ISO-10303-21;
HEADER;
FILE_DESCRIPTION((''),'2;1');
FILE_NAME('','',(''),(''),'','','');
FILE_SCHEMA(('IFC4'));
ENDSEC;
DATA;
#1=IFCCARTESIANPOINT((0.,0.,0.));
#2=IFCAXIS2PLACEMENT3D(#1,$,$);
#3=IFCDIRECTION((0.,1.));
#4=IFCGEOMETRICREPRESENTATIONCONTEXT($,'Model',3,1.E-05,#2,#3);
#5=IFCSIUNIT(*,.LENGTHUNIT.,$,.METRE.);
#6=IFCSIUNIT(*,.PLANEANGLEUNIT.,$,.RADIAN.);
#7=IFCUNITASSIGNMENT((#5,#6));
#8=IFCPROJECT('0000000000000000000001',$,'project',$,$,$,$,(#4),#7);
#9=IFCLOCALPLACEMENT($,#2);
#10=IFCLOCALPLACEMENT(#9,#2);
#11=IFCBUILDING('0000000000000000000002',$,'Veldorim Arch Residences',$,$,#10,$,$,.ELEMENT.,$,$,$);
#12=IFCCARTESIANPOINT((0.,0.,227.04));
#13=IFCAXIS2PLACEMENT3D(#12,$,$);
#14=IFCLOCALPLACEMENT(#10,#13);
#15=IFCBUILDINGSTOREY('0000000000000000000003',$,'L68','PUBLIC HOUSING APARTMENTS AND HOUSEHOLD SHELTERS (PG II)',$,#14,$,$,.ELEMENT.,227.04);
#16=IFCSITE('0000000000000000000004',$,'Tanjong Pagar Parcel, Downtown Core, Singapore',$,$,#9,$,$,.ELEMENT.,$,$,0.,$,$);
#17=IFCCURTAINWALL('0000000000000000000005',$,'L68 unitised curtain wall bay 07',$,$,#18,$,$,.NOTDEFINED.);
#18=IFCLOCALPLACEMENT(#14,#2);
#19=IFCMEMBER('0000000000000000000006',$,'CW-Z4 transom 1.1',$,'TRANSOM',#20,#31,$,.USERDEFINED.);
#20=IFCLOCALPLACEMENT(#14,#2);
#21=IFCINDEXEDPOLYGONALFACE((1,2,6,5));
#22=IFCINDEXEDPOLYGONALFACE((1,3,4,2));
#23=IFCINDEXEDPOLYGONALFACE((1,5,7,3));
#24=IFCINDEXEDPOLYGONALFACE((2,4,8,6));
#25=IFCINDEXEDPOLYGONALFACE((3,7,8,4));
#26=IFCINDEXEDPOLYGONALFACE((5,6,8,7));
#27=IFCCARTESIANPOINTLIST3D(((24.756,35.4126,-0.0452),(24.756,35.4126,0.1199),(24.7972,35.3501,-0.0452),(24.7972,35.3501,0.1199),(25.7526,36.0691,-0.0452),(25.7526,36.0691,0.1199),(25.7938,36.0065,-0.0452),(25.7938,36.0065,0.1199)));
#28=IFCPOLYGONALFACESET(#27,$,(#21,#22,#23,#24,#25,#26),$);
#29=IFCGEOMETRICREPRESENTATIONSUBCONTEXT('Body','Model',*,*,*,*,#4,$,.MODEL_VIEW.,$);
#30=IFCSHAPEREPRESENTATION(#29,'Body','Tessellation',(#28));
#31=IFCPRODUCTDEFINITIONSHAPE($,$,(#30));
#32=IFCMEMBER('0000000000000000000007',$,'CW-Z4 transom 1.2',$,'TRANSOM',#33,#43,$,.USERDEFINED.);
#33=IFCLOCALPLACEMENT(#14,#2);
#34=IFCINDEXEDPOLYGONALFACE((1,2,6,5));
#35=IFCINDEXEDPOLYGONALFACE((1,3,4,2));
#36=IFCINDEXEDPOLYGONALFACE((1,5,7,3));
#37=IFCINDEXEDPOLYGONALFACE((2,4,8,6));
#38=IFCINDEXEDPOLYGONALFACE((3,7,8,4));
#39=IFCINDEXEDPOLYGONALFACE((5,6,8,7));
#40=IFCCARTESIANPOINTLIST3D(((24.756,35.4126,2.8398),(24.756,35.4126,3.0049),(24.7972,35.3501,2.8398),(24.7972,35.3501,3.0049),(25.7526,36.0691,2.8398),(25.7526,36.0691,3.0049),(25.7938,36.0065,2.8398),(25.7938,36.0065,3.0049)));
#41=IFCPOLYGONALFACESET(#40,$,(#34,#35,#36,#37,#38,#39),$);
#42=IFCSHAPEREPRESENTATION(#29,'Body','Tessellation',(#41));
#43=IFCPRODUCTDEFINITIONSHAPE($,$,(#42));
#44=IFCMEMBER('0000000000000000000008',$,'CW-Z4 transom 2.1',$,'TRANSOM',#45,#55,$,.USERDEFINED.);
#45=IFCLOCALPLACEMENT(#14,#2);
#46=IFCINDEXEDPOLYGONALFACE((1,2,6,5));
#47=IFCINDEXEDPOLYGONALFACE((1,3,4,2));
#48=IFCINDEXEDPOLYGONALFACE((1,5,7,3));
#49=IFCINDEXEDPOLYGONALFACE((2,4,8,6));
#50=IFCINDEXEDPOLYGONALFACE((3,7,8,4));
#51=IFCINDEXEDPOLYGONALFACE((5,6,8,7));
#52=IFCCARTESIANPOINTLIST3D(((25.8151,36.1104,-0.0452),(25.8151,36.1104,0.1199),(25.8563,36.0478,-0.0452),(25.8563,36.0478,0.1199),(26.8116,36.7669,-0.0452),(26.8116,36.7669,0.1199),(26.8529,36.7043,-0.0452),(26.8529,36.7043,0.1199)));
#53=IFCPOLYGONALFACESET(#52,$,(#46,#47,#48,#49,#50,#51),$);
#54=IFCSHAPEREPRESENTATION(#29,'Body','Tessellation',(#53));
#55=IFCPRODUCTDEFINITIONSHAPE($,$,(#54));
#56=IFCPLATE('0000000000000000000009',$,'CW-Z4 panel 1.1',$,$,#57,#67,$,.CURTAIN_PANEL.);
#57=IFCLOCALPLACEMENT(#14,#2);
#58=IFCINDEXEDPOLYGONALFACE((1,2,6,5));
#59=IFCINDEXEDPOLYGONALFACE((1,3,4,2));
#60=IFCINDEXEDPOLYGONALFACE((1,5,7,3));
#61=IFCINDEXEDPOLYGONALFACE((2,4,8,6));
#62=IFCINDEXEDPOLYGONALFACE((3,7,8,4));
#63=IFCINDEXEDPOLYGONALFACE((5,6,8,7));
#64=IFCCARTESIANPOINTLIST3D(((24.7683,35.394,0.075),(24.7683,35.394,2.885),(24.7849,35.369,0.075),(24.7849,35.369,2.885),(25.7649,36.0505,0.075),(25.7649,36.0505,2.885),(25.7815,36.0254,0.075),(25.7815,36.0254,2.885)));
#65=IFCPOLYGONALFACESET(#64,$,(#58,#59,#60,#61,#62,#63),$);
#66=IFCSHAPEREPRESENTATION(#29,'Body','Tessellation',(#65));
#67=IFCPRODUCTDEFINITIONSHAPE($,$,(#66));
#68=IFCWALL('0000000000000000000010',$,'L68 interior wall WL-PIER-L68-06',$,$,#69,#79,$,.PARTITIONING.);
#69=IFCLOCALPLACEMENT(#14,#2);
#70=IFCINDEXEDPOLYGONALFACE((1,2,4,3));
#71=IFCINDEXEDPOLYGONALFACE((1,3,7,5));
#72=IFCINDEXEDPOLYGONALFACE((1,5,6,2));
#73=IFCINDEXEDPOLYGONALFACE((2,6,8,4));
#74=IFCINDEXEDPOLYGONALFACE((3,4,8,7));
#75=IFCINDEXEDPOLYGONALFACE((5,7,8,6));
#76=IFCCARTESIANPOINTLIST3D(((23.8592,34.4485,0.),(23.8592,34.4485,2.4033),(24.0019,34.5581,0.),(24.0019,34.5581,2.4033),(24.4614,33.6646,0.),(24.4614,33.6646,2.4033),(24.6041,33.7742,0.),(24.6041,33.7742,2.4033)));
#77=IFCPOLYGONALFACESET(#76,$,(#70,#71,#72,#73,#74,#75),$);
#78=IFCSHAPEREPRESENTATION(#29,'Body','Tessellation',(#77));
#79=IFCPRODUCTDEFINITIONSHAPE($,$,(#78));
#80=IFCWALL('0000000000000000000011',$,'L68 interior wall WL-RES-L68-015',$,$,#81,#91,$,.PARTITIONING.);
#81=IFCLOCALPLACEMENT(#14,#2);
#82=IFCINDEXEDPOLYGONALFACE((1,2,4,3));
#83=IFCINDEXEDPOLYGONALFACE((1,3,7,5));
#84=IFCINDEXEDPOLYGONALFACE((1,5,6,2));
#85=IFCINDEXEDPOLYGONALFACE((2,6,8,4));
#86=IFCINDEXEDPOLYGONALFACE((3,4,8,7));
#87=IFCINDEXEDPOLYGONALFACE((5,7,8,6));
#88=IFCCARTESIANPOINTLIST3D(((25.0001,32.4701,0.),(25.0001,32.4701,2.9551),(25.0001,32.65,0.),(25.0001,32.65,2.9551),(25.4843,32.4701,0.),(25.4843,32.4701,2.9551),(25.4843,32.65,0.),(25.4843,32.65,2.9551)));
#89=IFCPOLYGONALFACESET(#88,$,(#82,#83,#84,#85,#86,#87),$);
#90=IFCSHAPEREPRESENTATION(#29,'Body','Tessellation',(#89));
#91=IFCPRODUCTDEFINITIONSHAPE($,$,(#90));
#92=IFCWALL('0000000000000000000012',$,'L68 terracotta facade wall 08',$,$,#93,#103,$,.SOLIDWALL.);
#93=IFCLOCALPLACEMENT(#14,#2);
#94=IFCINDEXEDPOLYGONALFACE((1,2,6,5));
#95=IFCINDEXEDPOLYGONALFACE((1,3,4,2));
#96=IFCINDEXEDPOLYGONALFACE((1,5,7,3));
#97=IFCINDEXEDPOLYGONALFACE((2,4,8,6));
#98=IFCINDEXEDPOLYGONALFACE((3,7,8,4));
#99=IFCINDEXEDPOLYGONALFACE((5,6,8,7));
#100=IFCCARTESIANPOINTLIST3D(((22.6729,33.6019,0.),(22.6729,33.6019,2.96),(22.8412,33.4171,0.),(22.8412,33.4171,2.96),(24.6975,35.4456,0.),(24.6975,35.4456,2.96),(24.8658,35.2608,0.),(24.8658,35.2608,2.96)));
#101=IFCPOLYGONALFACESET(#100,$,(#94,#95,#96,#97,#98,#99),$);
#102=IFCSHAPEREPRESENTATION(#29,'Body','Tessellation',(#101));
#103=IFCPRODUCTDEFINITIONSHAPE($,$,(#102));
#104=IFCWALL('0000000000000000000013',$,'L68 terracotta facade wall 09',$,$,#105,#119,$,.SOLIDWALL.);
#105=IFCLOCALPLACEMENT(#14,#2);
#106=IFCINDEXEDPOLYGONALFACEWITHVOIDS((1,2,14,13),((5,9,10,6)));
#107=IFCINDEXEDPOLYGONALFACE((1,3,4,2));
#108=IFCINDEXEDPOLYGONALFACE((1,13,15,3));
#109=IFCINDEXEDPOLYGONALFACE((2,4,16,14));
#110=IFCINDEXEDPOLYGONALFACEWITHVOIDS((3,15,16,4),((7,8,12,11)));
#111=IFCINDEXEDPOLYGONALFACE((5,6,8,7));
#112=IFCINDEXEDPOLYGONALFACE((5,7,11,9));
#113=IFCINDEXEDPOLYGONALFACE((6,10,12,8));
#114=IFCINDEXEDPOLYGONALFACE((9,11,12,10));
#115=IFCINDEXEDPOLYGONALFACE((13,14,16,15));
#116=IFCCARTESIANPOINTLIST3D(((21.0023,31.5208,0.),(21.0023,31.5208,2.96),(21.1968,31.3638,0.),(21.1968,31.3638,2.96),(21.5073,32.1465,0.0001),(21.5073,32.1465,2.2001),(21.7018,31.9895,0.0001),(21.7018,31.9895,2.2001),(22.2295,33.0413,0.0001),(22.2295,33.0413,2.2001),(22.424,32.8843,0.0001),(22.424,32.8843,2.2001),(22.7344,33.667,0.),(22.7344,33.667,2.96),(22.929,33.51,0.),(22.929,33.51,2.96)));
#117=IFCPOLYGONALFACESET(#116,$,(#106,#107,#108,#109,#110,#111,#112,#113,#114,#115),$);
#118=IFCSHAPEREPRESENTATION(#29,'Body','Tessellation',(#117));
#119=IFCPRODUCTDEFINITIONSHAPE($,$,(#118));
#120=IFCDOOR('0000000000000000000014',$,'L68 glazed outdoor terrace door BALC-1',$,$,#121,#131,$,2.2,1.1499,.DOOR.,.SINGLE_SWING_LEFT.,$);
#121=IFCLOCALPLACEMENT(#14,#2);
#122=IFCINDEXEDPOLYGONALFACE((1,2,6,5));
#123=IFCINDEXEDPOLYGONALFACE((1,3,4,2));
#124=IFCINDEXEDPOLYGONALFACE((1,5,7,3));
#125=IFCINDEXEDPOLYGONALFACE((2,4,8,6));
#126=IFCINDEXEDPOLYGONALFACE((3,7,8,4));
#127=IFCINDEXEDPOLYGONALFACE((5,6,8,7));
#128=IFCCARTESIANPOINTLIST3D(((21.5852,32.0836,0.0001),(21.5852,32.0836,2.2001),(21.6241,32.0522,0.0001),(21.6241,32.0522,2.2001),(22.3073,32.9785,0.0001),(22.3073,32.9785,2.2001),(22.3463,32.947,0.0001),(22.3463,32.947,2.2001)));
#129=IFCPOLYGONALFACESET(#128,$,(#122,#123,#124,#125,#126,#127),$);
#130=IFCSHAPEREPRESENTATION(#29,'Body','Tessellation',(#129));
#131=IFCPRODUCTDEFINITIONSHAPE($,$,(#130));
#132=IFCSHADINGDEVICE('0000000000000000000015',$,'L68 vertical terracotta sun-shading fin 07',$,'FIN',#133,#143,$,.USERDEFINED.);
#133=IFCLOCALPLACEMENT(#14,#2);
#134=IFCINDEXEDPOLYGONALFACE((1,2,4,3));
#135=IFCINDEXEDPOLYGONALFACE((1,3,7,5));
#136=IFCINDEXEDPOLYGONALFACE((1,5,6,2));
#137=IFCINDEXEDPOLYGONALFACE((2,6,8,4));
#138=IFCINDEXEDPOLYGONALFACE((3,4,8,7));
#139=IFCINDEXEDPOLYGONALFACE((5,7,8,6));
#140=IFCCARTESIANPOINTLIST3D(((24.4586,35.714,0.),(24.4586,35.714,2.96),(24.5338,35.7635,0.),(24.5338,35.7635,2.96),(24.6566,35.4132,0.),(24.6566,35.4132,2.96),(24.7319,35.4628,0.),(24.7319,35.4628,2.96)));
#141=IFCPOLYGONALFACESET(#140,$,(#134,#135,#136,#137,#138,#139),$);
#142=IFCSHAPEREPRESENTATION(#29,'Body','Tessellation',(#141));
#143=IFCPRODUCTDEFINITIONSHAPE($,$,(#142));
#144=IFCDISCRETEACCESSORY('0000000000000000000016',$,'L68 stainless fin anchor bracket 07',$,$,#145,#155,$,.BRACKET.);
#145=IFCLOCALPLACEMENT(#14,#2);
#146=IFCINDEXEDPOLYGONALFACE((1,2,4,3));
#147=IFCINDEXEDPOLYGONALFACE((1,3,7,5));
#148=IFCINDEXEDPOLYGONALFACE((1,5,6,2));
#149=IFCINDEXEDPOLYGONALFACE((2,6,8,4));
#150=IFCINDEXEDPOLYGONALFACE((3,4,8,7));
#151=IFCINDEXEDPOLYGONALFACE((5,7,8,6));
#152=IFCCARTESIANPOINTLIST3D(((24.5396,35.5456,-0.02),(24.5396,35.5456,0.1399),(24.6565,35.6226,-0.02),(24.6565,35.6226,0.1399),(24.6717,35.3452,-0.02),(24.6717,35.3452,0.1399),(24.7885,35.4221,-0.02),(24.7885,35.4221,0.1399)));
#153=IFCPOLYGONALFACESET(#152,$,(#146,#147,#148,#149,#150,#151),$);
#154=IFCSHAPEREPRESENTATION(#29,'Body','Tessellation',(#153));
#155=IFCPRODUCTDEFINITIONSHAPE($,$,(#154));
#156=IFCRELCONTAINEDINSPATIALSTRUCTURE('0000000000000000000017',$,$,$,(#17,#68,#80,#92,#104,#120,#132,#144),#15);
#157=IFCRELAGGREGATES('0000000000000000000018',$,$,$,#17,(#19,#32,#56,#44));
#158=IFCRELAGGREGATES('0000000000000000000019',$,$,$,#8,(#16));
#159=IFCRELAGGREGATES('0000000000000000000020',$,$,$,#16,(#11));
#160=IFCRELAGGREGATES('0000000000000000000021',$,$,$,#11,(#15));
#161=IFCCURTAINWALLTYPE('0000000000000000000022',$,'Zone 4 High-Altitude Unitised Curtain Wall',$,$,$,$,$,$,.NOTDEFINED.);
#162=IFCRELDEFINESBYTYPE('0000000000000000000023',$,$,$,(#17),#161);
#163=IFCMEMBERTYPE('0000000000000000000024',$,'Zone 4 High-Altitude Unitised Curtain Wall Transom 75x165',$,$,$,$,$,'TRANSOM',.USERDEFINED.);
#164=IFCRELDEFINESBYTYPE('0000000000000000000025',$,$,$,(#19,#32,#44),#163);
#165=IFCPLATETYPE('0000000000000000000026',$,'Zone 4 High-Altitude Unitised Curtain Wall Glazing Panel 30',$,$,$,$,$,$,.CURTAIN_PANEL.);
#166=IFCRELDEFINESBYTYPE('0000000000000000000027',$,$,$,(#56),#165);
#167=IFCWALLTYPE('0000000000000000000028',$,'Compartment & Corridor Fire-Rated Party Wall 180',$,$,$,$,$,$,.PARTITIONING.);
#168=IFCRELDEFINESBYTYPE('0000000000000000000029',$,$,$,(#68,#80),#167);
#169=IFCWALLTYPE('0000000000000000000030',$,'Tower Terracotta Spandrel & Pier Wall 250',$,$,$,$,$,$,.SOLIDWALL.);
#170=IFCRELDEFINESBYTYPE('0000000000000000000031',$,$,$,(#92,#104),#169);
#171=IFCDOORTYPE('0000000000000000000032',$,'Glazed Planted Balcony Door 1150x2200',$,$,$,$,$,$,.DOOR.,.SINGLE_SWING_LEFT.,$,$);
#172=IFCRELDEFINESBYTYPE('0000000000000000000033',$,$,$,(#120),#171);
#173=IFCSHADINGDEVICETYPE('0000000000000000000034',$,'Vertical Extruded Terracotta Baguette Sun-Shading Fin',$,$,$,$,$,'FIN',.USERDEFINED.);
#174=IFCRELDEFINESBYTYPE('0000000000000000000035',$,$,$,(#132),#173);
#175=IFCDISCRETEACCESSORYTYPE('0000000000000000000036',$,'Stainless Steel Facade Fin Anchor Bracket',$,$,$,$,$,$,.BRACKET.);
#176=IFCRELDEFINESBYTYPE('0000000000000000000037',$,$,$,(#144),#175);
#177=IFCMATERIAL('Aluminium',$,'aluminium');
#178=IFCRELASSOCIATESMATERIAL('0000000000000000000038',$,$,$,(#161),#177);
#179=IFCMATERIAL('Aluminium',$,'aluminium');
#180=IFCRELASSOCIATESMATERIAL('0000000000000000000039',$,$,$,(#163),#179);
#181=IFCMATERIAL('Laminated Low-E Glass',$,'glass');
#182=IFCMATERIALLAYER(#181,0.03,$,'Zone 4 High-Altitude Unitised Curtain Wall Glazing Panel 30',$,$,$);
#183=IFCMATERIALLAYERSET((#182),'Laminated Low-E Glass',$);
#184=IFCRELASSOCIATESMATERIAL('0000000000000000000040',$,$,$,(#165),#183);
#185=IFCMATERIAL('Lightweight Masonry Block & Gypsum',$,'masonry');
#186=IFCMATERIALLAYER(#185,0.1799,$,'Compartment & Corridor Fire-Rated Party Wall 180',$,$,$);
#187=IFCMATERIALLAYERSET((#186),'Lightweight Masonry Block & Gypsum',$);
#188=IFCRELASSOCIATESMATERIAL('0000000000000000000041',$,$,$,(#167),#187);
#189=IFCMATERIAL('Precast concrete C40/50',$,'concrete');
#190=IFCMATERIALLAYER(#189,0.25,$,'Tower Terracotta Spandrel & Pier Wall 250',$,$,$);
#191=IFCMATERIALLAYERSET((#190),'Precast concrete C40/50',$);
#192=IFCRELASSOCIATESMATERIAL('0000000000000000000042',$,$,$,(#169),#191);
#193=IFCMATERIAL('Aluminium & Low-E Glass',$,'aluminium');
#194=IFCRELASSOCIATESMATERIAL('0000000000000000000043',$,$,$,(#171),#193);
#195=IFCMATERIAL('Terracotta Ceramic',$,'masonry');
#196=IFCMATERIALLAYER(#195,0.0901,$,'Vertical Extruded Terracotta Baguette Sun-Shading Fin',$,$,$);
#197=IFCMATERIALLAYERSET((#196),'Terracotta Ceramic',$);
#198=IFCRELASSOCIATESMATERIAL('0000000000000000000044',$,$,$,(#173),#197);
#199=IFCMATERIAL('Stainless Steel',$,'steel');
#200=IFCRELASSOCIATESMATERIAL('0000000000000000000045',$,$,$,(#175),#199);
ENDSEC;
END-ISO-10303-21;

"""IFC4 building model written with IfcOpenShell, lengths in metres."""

from ifc_helpers import new_model, si_unit, direction, frame, frame_2d, origin, origin_2d, place, context, subcontext, project, spatial, rectangle, extrude, material, layer, layer_set, material_profile, profile_set, type_object, element, fill, aggregate, save


model = new_model("IFC4")

# Units and contexts
model_context = context("Model", 3, precision=1e-05, world=origin(), true_north=direction((0.0, 1.0)))
body_context = subcontext(model_context, "Body", "Model", "MODEL_VIEW")
ifc_project = project(units=[si_unit("LENGTHUNIT", "METRE"), si_unit("PLANEANGLEUNIT", "RADIAN")], contexts=[model_context])

# Site, building, storey
site_placement = place(None, origin())
site = spatial("IfcSite", under=ifc_project, at=site_placement, Name="Tanjong Pagar Parcel, Downtown Core, Singapore", CompositionType="ELEMENT", RefElevation=0.0)
building_placement = place(site_placement, origin())
building = spatial("IfcBuilding", under=site, at=building_placement, Name="Veldorim Arch Residences", CompositionType="ELEMENT")
storey_placement = place(building_placement, frame((0.0, 0.0, 227.04)))
storey = spatial("IfcBuildingStorey", under=building, at=storey_placement, Name="L68", Description="PUBLIC HOUSING APARTMENTS AND HOUSEHOLD SHELTERS (PG II)", CompositionType="ELEMENT", Elevation=227.04)

# Curtain wall, members, plate
ifc_material_1 = material(Name="Aluminium", Category="aluminium")
curtain_wall_type = type_object("IfcCurtainWallType", Name="Zone 4 High-Altitude Unitised Curtain Wall", PredefinedType="NOTDEFINED", material=ifc_material_1)
curtain_wall_placement = place(storey_placement, origin())
curtain_wall = element("IfcCurtainWall", 1, at=curtain_wall_placement, inside=storey, type_object=curtain_wall_type, Name="L68 unitised curtain wall bay 07", PredefinedType="NOTDEFINED")
ifc_material_2 = material(Name="Aluminium", Category="aluminium")
ifc_material_profile_1 = material_profile(ifc_material_2, rectangle(XDim=0.075, YDim=0.165, at=origin_2d()), Name="ALU_TRN_75x165")
ifc_profile_set_1 = profile_set([ifc_material_profile_1], Name="Aluminium")
member_type_1 = type_object("IfcMemberType", Name="Zone 4 High-Altitude Unitised Curtain Wall Transom 75x165", ElementType="TRANSOM", PredefinedType="USERDEFINED", material=ifc_profile_set_1)
member_1_placement = place(storey_placement, frame((24.7766, 35.3813, 0.0374), z_axis=(0.835091, 0.550112, 0.0), x_axis=(-0.550112, 0.835091, 0.0)))
member_1 = element("IfcMember", 2, at=member_1_placement, type_object=member_type_1, Name="CW-Z4 transom 1.1", ObjectType="TRANSOM", PredefinedType="USERDEFINED", context=body_context, shape_type="SweptSolid", body=[
    extrude(rectangle(XDim=0.075, YDim=0.165, at=origin_2d()), origin(), (0.0, 0.0, 1.0), 1.1934),
])
member_2_placement = place(storey_placement, frame((24.7766, 35.3813, 2.9224), z_axis=(0.835091, 0.550112, 0.0), x_axis=(-0.550112, 0.835091, 0.0)))
member_2 = element("IfcMember", 3, at=member_2_placement, type_object=member_type_1, Name="CW-Z4 transom 1.2", ObjectType="TRANSOM", PredefinedType="USERDEFINED", context=body_context, shape_type="SweptSolid", body=[
    extrude(rectangle(XDim=0.075, YDim=0.165, at=origin_2d()), origin(), (0.0, 0.0, 1.0), 1.1934),
])
member_3_placement = place(storey_placement, frame((25.8357, 36.0791, 0.0374), z_axis=(0.835091, 0.550112, 0.0), x_axis=(-0.550112, 0.835091, 0.0)))
member_3 = element("IfcMember", 4, at=member_3_placement, type_object=member_type_1, Name="CW-Z4 transom 2.1", ObjectType="TRANSOM", PredefinedType="USERDEFINED", context=body_context, shape_type="SweptSolid", body=[
    extrude(rectangle(XDim=0.075, YDim=0.165, at=origin_2d()), origin(), (0.0, 0.0, 1.0), 1.1934),
])
ifc_material_3 = material(Name="Laminated Low-E Glass", Category="glass")
ifc_layer_1 = layer(ifc_material_3, 0.03, Name="Zone 4 High-Altitude Unitised Curtain Wall Glazing Panel 30")
ifc_layer_set_1 = layer_set([ifc_layer_1], Name="Laminated Low-E Glass")
plate_type = type_object("IfcPlateType", Name="Zone 4 High-Altitude Unitised Curtain Wall Glazing Panel 30", PredefinedType="CURTAIN_PANEL", material=ifc_layer_set_1)
plate_placement = place(storey_placement, frame((25.2749, 35.7097, 0.075), z_axis=(0.0, 0.0, 1.0), x_axis=(0.835124, 0.550062, 0.0)))
plate = element("IfcPlate", 5, at=plate_placement, type_object=plate_type, Name="CW-Z4 panel 1.1", PredefinedType="CURTAIN_PANEL", context=body_context, shape_type="SweptSolid", body=[
    extrude(rectangle(XDim=1.1934, YDim=0.03, at=origin_2d()), origin(), (0.0, 0.0, 1.0), 2.8101),
])
aggregate(curtain_wall, [member_1, member_2, plate, member_3])

# Walls
ifc_material_4 = material(Name="Lightweight Masonry Block & Gypsum", Category="masonry")
ifc_layer_2 = layer(ifc_material_4, 0.1799, Name="Compartment & Corridor Fire-Rated Party Wall 180")
ifc_layer_set_2 = layer_set([ifc_layer_2], Name="Lightweight Masonry Block & Gypsum")
wall_type_1 = type_object("IfcWallType", Name="Compartment & Corridor Fire-Rated Party Wall 180", PredefinedType="PARTITIONING", material=ifc_layer_set_2)
wall_1_placement = place(storey_placement, frame((24.5327, 33.7195, 0.0), z_axis=(0.0, 0.0, 1.0), x_axis=(-0.609245, 0.792982, 0.0)))
element("IfcWall", 6, at=wall_1_placement, inside=storey, type_object=wall_type_1, Name="L68 interior wall WL-PIER-L68-06", PredefinedType="PARTITIONING", context=body_context, shape_type="SweptSolid", body=[
    extrude(rectangle(XDim=0.9885, YDim=0.1799, at=frame_2d((0.4941, 0.0))), origin(), (0.0, 0.0, 1.0), 2.4033),
])
wall_2_placement = place(storey_placement, frame((25.0, 32.5601, 0.0), z_axis=(0.0, 0.0, 1.0), x_axis=(1.0, 0.0, 0.0)))
element("IfcWall", 7, at=wall_2_placement, inside=storey, type_object=wall_type_1, Name="L68 interior wall WL-RES-L68-015", PredefinedType="PARTITIONING", context=body_context, shape_type="SweptSolid", body=[
    extrude(rectangle(XDim=0.4841, YDim=0.1799, at=frame_2d((0.2422, 0.0))), origin(), (0.0, 0.0, 1.0), 2.9551),
])
ifc_material_5 = material(Name="Precast concrete C40/50", Category="concrete")
ifc_layer_3 = layer(ifc_material_5, 0.25, Name="Tower Terracotta Spandrel & Pier Wall 250")
ifc_layer_set_3 = layer_set([ifc_layer_3], Name="Precast concrete C40/50")
wall_type_2 = type_object("IfcWallType", Name="Tower Terracotta Spandrel & Pier Wall 250", PredefinedType="SOLIDWALL", material=ifc_layer_set_3)
wall_3_placement = place(storey_placement, frame((22.7571, 33.5095, 0.0), z_axis=(0.0, 0.0, 1.0), x_axis=(0.739367, 0.673303, 0.0)))
element("IfcWall", 8, at=wall_3_placement, inside=storey, type_object=wall_type_2, Name="L68 terracotta facade wall 08", PredefinedType="SOLIDWALL", context=body_context, shape_type="SweptSolid", body=[
    extrude(rectangle(XDim=2.7383, YDim=0.25, at=frame_2d((1.3691, 0.0))), origin(), (0.0, 0.0, 1.0), 2.96),
])

# Wall, opening, door
wall_4_placement = place(storey_placement, frame((21.0996, 31.4424, 0.0), z_axis=(0.0, 0.0, 1.0), x_axis=(0.628047, 0.778176, 0.0)))
wall_4 = element("IfcWall", 9, at=wall_4_placement, inside=storey, type_object=wall_type_2, Name="L68 terracotta facade wall 09", PredefinedType="SOLIDWALL", context=body_context, shape_type="SweptSolid", body=[
    extrude(rectangle(XDim=2.7581, YDim=0.25, at=frame_2d((1.3789, 0.0))), origin(), (0.0, 0.0, 1.0), 2.96),
])
opening_placement = place(wall_4_placement, frame((0.804, 0.0, 0.0)))
opening = element("IfcOpeningElement", 10, at=opening_placement, cuts=wall_4, PredefinedType="OPENING", context=body_context, shape_type="SweptSolid", body=[
    extrude(rectangle(XDim=1.1499, YDim=2.2, at=frame_2d((0.575, 1.1001))), frame((0.0, 0.135, 0.0), z_axis=(0.0, -1.0, 0.0), x_axis=(1.0, 0.0, 0.0)), (0.0, 0.0, 1.0), 0.27),
])
ifc_material_6 = material(Name="Aluminium & Low-E Glass", Category="aluminium")
door_type = type_object("IfcDoorType", Name="Glazed Planted Balcony Door 1150x2200", OperationType="SINGLE_SWING_LEFT", PredefinedType="DOOR", material=ifc_material_6)
door_placement = place(opening_placement, origin())
door = element("IfcDoor", 11, at=door_placement, inside=storey, type_object=door_type, Name="L68 glazed outdoor terrace door BALC-1", OperationType="SINGLE_SWING_LEFT", OverallHeight=2.2, OverallWidth=1.1499, PredefinedType="DOOR", context=body_context, shape_type="SweptSolid", body=[
    extrude(rectangle(XDim=1.1499, YDim=2.2, at=frame_2d((0.575, 1.1001))), frame((0.0, 0.0249, 0.0), z_axis=(0.0, -1.0, 0.0), x_axis=(1.0, 0.0, 0.0)), (0.0, 0.0, 1.0), 0.05),
])
fill(opening, door)

# Shading device
ifc_material_7 = material(Name="Terracotta Ceramic", Category="masonry")
ifc_layer_4 = layer(ifc_material_7, 0.0901, Name="Vertical Extruded Terracotta Baguette Sun-Shading Fin")
ifc_layer_set_4 = layer_set([ifc_layer_4], Name="Terracotta Ceramic")
shading_device_type = type_object("IfcShadingDeviceType", Name="Vertical Extruded Terracotta Baguette Sun-Shading Fin", ElementType="FIN", PredefinedType="USERDEFINED", material=ifc_layer_set_4)
shading_device_placement = place(storey_placement, frame((24.5952, 35.5884, 0.0), z_axis=(0.0, 0.0, 1.0), x_axis=(0.835136, 0.550044, 0.0)))
element("IfcShadingDevice", 12, at=shading_device_placement, inside=storey, type_object=shading_device_type, Name="L68 vertical terracotta sun-shading fin 07", ObjectType="FIN", PredefinedType="USERDEFINED", context=body_context, shape_type="SweptSolid", body=[
    extrude(rectangle(XDim=0.0901, YDim=0.3601, at=origin_2d()), origin(), (0.0, 0.0, 1.0), 2.96),
])

# Discrete accessory
ifc_material_8 = material(Name="Stainless Steel", Category="steel")
discrete_accessory_type = type_object("IfcDiscreteAccessoryType", Name="Stainless Steel Facade Fin Anchor Bracket", PredefinedType="BRACKET", material=ifc_material_8)
discrete_accessory_placement = place(storey_placement, frame((24.6641, 35.4839, -0.02), z_axis=(0.0, 0.0, 1.0), x_axis=(0.835136, 0.550044, 0.0)))
element("IfcDiscreteAccessory", 13, at=discrete_accessory_placement, inside=storey, type_object=discrete_accessory_type, Name="L68 stainless fin anchor bracket 07", PredefinedType="BRACKET", context=body_context, shape_type="SweptSolid", body=[
    extrude(rectangle(XDim=0.1399, YDim=0.24, at=origin_2d()), origin(), (0.0, 0.0, 1.0), 0.1599),
])

save(model, "model.ifc")
